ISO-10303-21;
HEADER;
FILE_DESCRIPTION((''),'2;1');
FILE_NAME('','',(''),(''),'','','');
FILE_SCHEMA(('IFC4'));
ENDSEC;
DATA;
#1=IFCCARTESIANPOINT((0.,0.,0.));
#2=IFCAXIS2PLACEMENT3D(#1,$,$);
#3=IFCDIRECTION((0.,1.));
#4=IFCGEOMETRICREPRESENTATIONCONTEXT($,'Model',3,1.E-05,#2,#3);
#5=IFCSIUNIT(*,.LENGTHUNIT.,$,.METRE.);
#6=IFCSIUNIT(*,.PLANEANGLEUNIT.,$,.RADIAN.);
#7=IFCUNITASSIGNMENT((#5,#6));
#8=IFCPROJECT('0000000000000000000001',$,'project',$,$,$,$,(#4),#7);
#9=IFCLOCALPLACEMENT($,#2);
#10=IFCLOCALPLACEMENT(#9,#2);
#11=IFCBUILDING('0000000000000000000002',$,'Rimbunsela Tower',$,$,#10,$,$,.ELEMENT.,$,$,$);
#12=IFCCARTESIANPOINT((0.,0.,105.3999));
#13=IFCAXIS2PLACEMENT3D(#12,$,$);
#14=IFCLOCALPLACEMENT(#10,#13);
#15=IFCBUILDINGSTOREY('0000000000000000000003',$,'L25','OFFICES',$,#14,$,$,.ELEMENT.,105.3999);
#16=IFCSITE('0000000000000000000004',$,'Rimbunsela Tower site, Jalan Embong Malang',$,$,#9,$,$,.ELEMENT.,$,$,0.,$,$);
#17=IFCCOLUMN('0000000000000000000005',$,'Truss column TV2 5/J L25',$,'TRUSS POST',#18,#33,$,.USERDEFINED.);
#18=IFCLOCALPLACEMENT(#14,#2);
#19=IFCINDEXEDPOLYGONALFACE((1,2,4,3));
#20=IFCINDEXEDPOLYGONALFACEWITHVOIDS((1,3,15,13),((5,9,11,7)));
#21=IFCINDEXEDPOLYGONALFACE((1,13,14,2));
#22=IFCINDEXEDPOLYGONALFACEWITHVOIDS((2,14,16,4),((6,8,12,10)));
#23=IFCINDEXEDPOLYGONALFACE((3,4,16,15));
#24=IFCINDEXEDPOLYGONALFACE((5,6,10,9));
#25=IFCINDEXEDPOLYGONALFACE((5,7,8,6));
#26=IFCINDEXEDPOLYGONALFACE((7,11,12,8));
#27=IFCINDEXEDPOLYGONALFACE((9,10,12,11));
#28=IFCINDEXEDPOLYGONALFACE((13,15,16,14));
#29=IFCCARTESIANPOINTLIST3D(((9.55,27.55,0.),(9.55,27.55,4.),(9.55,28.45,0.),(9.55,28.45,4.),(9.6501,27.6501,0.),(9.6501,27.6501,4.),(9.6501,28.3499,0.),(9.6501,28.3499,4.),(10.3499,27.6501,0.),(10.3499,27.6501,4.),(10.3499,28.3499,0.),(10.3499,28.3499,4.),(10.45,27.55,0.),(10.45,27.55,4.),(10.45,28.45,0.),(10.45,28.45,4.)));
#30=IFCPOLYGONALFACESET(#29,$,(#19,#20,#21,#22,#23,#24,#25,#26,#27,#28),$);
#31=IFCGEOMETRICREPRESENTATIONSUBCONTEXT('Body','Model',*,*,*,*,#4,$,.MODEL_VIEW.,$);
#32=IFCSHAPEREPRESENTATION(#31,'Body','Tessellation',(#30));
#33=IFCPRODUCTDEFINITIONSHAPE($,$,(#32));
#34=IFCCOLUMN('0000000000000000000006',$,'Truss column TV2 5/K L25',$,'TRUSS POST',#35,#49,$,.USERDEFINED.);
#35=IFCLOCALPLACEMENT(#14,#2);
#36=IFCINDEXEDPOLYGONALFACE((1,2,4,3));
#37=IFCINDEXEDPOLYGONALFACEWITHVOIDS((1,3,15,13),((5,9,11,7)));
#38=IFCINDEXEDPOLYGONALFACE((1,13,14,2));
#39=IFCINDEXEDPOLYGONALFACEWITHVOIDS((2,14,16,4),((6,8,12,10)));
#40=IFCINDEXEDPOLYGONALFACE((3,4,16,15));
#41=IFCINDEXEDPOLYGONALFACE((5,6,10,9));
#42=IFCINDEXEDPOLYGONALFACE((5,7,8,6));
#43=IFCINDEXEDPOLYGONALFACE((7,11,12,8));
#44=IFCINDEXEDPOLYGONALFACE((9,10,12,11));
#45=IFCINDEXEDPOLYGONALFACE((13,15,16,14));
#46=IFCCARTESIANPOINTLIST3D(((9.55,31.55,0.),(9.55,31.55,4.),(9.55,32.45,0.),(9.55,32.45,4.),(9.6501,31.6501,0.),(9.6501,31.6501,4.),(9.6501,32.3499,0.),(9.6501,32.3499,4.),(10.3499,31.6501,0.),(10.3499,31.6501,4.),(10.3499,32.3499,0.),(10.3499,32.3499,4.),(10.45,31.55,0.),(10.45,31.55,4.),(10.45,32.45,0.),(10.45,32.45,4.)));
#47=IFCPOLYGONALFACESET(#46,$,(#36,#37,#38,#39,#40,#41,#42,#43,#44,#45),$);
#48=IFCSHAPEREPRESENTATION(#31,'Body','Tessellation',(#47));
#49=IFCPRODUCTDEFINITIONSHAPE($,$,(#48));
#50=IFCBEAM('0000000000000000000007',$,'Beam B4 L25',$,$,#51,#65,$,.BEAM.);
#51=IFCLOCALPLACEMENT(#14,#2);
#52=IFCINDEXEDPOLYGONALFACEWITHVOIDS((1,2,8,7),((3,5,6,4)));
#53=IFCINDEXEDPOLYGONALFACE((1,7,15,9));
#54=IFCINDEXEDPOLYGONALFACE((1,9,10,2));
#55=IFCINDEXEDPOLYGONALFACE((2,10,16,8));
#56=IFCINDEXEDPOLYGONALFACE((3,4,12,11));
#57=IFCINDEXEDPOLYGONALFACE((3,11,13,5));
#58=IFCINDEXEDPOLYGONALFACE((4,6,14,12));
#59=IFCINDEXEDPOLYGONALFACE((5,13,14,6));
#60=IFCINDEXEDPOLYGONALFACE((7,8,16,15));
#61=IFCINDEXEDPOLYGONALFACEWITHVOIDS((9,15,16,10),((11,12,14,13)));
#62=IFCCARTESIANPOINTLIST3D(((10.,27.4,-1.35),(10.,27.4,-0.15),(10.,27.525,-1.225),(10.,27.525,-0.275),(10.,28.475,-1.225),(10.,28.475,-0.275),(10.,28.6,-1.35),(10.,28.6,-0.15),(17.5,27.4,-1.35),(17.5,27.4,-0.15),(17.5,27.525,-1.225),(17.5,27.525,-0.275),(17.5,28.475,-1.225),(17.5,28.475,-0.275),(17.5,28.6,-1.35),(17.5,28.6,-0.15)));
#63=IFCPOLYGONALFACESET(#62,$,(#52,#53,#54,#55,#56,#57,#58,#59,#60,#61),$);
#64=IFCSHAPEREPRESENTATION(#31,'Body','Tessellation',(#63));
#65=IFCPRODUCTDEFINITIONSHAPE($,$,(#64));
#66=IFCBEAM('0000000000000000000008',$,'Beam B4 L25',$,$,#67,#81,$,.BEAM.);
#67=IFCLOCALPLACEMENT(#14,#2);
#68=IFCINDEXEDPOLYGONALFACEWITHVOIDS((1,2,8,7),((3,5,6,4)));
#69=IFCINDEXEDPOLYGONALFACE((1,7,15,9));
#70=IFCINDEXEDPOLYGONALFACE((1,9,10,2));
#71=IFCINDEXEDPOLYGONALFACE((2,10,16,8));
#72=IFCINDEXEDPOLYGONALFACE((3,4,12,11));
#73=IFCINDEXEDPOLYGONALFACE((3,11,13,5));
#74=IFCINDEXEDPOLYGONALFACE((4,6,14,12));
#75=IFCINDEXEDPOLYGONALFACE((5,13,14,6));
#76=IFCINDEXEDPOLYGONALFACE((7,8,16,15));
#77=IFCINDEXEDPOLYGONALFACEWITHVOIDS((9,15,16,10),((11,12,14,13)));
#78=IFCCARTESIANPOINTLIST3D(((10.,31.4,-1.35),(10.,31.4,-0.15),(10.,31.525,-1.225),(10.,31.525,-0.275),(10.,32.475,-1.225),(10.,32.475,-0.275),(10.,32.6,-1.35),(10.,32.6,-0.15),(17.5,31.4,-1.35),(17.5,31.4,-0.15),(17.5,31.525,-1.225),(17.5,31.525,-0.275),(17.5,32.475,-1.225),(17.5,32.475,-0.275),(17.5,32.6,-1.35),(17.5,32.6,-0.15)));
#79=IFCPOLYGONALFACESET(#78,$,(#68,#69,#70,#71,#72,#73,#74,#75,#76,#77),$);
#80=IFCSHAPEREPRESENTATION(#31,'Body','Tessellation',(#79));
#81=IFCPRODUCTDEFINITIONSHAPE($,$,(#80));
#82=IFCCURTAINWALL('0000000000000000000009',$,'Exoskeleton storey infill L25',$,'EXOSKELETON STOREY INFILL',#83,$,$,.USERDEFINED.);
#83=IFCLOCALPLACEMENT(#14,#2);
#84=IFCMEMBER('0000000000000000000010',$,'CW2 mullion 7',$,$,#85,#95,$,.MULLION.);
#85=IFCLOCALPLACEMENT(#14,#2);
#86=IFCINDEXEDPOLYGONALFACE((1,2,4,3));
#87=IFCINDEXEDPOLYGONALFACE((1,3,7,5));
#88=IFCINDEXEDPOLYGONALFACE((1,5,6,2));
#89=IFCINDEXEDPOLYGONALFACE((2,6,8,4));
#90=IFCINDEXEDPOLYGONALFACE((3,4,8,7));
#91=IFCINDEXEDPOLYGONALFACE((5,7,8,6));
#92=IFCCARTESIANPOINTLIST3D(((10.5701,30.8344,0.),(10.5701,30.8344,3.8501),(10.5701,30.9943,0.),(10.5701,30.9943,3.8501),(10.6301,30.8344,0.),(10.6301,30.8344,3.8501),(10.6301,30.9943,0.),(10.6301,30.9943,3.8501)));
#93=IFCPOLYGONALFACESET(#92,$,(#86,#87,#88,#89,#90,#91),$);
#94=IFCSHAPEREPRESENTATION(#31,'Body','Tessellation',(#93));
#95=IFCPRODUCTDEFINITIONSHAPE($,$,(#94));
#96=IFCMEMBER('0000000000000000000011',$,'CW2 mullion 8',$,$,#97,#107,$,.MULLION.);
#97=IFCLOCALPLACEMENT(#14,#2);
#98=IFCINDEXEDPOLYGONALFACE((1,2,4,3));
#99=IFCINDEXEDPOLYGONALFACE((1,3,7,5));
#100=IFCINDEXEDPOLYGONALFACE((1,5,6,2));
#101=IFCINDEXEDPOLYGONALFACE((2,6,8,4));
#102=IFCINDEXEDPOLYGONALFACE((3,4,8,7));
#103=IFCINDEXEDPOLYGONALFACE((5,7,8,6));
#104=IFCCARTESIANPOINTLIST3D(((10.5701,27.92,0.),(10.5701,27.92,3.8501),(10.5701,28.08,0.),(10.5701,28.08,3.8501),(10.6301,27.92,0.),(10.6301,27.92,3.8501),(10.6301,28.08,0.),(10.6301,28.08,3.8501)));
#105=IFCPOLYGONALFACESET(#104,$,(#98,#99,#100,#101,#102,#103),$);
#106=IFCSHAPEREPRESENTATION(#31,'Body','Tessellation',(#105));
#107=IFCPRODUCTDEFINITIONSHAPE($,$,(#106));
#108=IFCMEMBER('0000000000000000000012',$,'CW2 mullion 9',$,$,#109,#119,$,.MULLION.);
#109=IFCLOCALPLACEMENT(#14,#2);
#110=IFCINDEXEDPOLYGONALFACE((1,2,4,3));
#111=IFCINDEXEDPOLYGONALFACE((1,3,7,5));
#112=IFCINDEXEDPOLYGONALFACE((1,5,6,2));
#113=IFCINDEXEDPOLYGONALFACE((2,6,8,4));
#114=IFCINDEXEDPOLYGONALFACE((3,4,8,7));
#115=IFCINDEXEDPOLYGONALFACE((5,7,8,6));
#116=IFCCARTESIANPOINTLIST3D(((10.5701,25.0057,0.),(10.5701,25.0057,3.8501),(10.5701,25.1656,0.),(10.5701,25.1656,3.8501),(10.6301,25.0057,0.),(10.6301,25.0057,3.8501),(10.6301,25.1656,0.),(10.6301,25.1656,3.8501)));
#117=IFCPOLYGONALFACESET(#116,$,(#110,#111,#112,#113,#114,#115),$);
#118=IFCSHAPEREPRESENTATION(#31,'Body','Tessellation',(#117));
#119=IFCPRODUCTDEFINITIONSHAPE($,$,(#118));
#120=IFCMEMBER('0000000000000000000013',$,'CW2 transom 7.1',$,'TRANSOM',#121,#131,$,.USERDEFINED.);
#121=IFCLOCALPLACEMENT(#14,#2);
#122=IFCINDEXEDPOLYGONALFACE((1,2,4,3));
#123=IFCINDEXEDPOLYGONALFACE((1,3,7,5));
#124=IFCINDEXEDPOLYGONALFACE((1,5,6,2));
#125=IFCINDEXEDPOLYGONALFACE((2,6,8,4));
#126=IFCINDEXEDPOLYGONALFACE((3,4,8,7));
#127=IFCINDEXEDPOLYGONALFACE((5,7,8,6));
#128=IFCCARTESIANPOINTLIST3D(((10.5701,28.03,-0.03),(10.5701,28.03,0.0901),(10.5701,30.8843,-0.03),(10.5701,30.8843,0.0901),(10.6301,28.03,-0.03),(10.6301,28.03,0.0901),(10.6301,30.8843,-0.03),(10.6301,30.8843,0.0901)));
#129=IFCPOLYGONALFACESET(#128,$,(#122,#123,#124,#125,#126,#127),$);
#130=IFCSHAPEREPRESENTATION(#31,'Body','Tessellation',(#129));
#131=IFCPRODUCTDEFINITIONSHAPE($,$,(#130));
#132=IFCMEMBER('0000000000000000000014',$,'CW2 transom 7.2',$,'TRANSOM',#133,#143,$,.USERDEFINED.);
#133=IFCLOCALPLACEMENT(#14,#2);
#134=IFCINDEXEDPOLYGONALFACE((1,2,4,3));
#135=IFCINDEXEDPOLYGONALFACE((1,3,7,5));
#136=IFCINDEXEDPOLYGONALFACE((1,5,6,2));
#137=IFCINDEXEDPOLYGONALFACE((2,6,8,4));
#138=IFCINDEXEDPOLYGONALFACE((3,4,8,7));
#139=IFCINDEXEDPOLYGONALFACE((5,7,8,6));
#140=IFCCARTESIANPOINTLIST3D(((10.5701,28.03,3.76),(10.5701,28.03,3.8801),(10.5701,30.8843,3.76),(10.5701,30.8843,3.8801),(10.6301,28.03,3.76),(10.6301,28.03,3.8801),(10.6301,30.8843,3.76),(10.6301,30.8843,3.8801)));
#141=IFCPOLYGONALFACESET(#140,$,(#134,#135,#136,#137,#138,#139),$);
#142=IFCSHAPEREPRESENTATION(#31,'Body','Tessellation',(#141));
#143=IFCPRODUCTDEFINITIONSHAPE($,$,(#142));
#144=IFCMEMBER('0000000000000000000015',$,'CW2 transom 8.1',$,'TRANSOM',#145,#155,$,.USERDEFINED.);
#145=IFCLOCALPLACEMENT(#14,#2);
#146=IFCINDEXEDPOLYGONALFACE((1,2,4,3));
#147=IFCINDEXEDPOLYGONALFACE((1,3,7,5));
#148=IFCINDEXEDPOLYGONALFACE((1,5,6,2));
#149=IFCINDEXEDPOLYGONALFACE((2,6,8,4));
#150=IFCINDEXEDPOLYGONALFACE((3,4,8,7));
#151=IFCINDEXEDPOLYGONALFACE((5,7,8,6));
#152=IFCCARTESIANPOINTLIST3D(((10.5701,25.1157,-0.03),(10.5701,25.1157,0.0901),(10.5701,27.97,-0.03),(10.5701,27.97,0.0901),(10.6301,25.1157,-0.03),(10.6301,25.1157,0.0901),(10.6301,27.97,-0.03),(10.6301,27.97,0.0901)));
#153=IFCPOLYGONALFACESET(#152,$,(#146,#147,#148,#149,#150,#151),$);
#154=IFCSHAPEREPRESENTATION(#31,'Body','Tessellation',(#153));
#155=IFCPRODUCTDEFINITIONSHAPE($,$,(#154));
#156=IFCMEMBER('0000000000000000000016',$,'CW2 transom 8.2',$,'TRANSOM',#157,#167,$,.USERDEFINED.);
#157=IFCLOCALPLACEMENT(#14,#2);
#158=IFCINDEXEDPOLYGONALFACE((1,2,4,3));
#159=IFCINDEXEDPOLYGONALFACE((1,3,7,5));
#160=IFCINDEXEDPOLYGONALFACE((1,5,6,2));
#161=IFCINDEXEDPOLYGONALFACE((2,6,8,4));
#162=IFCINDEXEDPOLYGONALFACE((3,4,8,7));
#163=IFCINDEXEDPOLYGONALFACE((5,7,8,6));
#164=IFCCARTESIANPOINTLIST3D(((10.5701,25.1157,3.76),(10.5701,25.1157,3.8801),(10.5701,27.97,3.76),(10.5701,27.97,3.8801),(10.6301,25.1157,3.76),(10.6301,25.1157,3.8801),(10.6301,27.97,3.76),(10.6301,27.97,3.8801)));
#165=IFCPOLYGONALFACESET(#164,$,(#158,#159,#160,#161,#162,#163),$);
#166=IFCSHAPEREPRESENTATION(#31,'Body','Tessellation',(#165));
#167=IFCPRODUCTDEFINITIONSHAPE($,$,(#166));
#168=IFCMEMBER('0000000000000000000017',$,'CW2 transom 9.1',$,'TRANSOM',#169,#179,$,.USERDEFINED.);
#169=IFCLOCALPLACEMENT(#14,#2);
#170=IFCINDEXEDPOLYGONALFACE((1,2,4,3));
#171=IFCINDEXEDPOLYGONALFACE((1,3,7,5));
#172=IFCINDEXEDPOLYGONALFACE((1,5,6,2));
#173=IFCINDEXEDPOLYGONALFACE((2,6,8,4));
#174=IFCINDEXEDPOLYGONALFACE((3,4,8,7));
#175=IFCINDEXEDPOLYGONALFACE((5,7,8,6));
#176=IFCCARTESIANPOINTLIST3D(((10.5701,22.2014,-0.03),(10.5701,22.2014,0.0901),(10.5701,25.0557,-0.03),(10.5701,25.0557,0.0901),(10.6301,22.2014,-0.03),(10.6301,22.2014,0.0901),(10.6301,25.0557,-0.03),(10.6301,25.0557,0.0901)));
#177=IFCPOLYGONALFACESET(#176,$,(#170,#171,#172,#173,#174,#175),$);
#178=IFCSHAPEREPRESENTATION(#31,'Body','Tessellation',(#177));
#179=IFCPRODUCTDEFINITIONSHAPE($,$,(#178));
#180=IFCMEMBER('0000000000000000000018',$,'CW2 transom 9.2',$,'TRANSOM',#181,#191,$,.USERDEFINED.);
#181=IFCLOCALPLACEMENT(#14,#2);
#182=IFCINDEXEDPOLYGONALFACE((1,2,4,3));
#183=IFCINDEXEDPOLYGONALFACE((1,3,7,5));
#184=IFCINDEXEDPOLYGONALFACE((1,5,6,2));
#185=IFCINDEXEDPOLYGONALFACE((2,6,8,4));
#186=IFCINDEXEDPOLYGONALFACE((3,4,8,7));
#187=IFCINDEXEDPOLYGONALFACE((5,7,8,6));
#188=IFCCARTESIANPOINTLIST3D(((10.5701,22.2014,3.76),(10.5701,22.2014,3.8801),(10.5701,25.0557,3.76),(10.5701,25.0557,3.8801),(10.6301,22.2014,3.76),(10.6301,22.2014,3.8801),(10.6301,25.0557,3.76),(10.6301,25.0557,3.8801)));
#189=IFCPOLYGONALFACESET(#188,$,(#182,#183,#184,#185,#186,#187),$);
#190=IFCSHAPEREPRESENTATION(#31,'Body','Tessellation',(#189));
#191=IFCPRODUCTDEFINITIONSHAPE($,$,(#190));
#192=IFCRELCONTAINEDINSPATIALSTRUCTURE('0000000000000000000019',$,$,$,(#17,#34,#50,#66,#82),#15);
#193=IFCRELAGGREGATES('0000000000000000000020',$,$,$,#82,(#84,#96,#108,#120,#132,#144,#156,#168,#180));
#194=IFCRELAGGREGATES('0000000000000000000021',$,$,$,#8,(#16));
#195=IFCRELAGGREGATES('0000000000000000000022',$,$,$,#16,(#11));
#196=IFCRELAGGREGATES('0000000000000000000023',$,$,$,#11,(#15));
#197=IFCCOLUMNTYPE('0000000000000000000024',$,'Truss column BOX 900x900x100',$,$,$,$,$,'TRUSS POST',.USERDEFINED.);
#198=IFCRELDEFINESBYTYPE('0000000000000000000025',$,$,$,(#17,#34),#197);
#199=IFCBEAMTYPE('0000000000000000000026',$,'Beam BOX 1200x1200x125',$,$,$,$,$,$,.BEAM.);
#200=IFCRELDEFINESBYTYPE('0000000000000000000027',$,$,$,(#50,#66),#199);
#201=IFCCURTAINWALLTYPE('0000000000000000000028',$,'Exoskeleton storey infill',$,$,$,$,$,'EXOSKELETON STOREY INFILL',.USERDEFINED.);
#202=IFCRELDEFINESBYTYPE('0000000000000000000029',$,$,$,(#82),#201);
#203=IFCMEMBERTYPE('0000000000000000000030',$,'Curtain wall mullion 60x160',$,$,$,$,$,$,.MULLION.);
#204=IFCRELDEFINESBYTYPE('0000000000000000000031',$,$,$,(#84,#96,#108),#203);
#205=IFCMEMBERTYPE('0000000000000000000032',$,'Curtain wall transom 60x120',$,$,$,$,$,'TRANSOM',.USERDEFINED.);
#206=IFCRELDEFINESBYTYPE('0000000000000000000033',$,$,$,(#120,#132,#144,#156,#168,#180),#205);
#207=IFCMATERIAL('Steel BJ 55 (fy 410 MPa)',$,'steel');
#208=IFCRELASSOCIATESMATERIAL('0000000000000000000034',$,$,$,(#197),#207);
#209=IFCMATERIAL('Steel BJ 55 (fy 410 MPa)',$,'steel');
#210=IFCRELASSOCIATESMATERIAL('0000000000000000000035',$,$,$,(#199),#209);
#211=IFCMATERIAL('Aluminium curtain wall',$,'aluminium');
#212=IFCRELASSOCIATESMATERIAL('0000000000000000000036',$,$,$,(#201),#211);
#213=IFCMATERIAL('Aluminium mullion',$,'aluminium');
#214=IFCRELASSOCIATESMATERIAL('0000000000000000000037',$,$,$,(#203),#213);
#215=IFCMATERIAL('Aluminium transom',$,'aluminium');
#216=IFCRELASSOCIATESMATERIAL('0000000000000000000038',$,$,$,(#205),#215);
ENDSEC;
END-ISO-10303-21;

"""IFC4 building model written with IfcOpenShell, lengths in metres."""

from ifc_helpers import new_model, si_unit, direction, frame, origin, origin_2d, place, context, subcontext, project, spatial, rectangle, hollow_rectangle, extrude, material, material_profile, profile_set, type_object, element, aggregate, save


model = new_model("IFC4")

# Units and contexts
model_context = context("Model", 3, precision=1e-05, world=origin(), true_north=direction((0.0, 1.0)))
body_context = subcontext(model_context, "Body", "Model", "MODEL_VIEW")
ifc_project = project(units=[si_unit("LENGTHUNIT", "METRE"), si_unit("PLANEANGLEUNIT", "RADIAN")], contexts=[model_context])

# Site, building, storey
site_placement = place(None, origin())
site = spatial("IfcSite", under=ifc_project, at=site_placement, Name="Rimbunsela Tower site, Jalan Embong Malang", CompositionType="ELEMENT", RefElevation=0.0)
building_placement = place(site_placement, origin())
building = spatial("IfcBuilding", under=site, at=building_placement, Name="Rimbunsela Tower", CompositionType="ELEMENT")
storey_placement = place(building_placement, frame((0.0, 0.0, 105.3999)))
storey = spatial("IfcBuildingStorey", under=building, at=storey_placement, Name="L25", Description="OFFICES", CompositionType="ELEMENT", Elevation=105.3999)

# Columns
ifc_material_1 = material(Name="Steel BJ 55 (fy 410 MPa)", Category="steel")
ifc_material_profile_1 = material_profile(ifc_material_1, hollow_rectangle(XDim=0.8999, YDim=0.8999, WallThickness=0.1001, at=origin_2d()), Name="BOX 900x900x100")
ifc_profile_set_1 = profile_set([ifc_material_profile_1], Name="Steel BJ 55 (fy 410 MPa)")
column_type = type_object("IfcColumnType", Name="Truss column BOX 900x900x100", ElementType="TRUSS POST", PredefinedType="USERDEFINED", material=ifc_profile_set_1)
for number, where, z_axis, x_axis, name in (
    (1, (10.0, 28.0, 0.0), (0.0, 0.0, 1.0), (1.0, 0.0, 0.0), "Truss column TV2 5/J L25"),
    (2, (10.0, 32.0, 0.0), (0.0, 0.0, 1.0), (1.0, 0.0, 0.0), "Truss column TV2 5/K L25"),
):
    element("IfcColumn", number, at=place(storey_placement, frame(where, z_axis=z_axis, x_axis=x_axis)), inside=storey, type_object=column_type, Name=name, ObjectType="TRUSS POST", PredefinedType="USERDEFINED", context=body_context, shape_type="SweptSolid", body=[
        extrude(hollow_rectangle(XDim=0.8999, YDim=0.8999, WallThickness=0.1001, at=origin_2d()), origin(), (0.0, 0.0, 1.0), 4.0),
    ])

# Beams
ifc_material_2 = material(Name="Steel BJ 55 (fy 410 MPa)", Category="steel")
ifc_material_profile_2 = material_profile(ifc_material_2, hollow_rectangle(XDim=1.2, YDim=1.2, WallThickness=0.125, at=origin_2d()), Name="BOX 1200x1200x125")
ifc_profile_set_2 = profile_set([ifc_material_profile_2], Name="Steel BJ 55 (fy 410 MPa)")
beam_type_1 = type_object("IfcBeamType", Name="Beam BOX 1200x1200x125", PredefinedType="BEAM", material=ifc_profile_set_2)
for number, where, z_axis, x_axis, name in (
    (3, (10.0, 28.0, -0.75), (1.0, 0.0, 0.0), (0.0, 1.0, 0.0), "Beam B4 L25"),
    (4, (10.0, 32.0, -0.75), (1.0, 0.0, 0.0), (0.0, 1.0, 0.0), "Beam B4 L25"),
):
    element("IfcBeam", number, at=place(storey_placement, frame(where, z_axis=z_axis, x_axis=x_axis)), inside=storey, type_object=beam_type_1, Name=name, PredefinedType="BEAM", context=body_context, shape_type="SweptSolid", body=[
        extrude(hollow_rectangle(XDim=1.2, YDim=1.2, WallThickness=0.125, at=origin_2d()), origin(), (0.0, 0.0, 1.0), 7.5),
    ])

# Curtain wall, members
ifc_material_3 = material(Name="Aluminium curtain wall", Category="aluminium")
curtain_wall_type = type_object("IfcCurtainWallType", Name="Exoskeleton storey infill", ElementType="EXOSKELETON STOREY INFILL", PredefinedType="USERDEFINED", material=ifc_material_3)
curtain_wall_placement = place(storey_placement, origin())
curtain_wall = element("IfcCurtainWall", 5, at=curtain_wall_placement, inside=storey, type_object=curtain_wall_type, Name="Exoskeleton storey infill L25", ObjectType="EXOSKELETON STOREY INFILL", PredefinedType="USERDEFINED")
ifc_material_4 = material(Name="Aluminium mullion", Category="aluminium")
ifc_material_profile_3 = material_profile(ifc_material_4, rectangle(XDim=0.0601, YDim=0.1599, at=origin_2d()), Name="Mullion 60x160")
ifc_profile_set_3 = profile_set([ifc_material_profile_3], Name="Aluminium mullion")
member_type_1 = type_object("IfcMemberType", Name="Curtain wall mullion 60x160", PredefinedType="MULLION", material=ifc_profile_set_3)
member_1_placement = place(storey_placement, frame((10.6001, 30.9143, 0.0), z_axis=(0.0, 0.0, 1.0), x_axis=(1.0, 0.0, 0.0)))
member_1 = element("IfcMember", 6, at=member_1_placement, type_object=member_type_1, Name="CW2 mullion 7", PredefinedType="MULLION", context=body_context, shape_type="SweptSolid", body=[
    extrude(rectangle(XDim=0.0601, YDim=0.1599, at=origin_2d()), origin(), (0.0, 0.0, 1.0), 3.8501),
])
member_2_placement = place(storey_placement, frame((10.6001, 28.0, 0.0), z_axis=(0.0, 0.0, 1.0), x_axis=(1.0, 0.0, 0.0)))
member_2 = element("IfcMember", 7, at=member_2_placement, type_object=member_type_1, Name="CW2 mullion 8", PredefinedType="MULLION", context=body_context, shape_type="SweptSolid", body=[
    extrude(rectangle(XDim=0.0601, YDim=0.1599, at=origin_2d()), origin(), (0.0, 0.0, 1.0), 3.8501),
])
member_3_placement = place(storey_placement, frame((10.6001, 25.0857, 0.0), z_axis=(0.0, 0.0, 1.0), x_axis=(1.0, 0.0, 0.0)))
member_3 = element("IfcMember", 8, at=member_3_placement, type_object=member_type_1, Name="CW2 mullion 9", PredefinedType="MULLION", context=body_context, shape_type="SweptSolid", body=[
    extrude(rectangle(XDim=0.0601, YDim=0.1599, at=origin_2d()), origin(), (0.0, 0.0, 1.0), 3.8501),
])
ifc_material_5 = material(Name="Aluminium transom", Category="aluminium")
ifc_material_profile_4 = material_profile(ifc_material_5, rectangle(XDim=0.0601, YDim=0.1201, at=origin_2d()), Name="Transom 60x120")
ifc_profile_set_4 = profile_set([ifc_material_profile_4], Name="Aluminium transom")
member_type_2 = type_object("IfcMemberType", Name="Curtain wall transom 60x120", ElementType="TRANSOM", PredefinedType="USERDEFINED", material=ifc_profile_set_4)
member_4_placement = place(storey_placement, frame((10.6001, 30.8843, 0.03), z_axis=(0.0, -1.0, 0.0), x_axis=(1.0, 0.0, 0.0)))
member_4 = element("IfcMember", 9, at=member_4_placement, type_object=member_type_2, Name="CW2 transom 7.1", ObjectType="TRANSOM", PredefinedType="USERDEFINED", context=body_context, shape_type="SweptSolid", body=[
    extrude(rectangle(XDim=0.0601, YDim=0.1201, at=origin_2d()), origin(), (0.0, 0.0, 1.0), 2.8542),
])
member_5_placement = place(storey_placement, frame((10.6001, 30.8843, 3.8201), z_axis=(0.0, -1.0, 0.0), x_axis=(1.0, 0.0, 0.0)))
member_5 = element("IfcMember", 10, at=member_5_placement, type_object=member_type_2, Name="CW2 transom 7.2", ObjectType="TRANSOM", PredefinedType="USERDEFINED", context=body_context, shape_type="SweptSolid", body=[
    extrude(rectangle(XDim=0.0601, YDim=0.1201, at=origin_2d()), origin(), (0.0, 0.0, 1.0), 2.8542),
])
member_6_placement = place(storey_placement, frame((10.6001, 27.97, 0.03), z_axis=(0.0, -1.0, 0.0), x_axis=(1.0, 0.0, 0.0)))
member_6 = element("IfcMember", 11, at=member_6_placement, type_object=member_type_2, Name="CW2 transom 8.1", ObjectType="TRANSOM", PredefinedType="USERDEFINED", context=body_context, shape_type="SweptSolid", body=[
    extrude(rectangle(XDim=0.0601, YDim=0.1201, at=origin_2d()), origin(), (0.0, 0.0, 1.0), 2.8542),
])
member_7_placement = place(storey_placement, frame((10.6001, 27.97, 3.8201), z_axis=(0.0, -1.0, 0.0), x_axis=(1.0, 0.0, 0.0)))
member_7 = element("IfcMember", 12, at=member_7_placement, type_object=member_type_2, Name="CW2 transom 8.2", ObjectType="TRANSOM", PredefinedType="USERDEFINED", context=body_context, shape_type="SweptSolid", body=[
    extrude(rectangle(XDim=0.0601, YDim=0.1201, at=origin_2d()), origin(), (0.0, 0.0, 1.0), 2.8542),
])
member_8_placement = place(storey_placement, frame((10.6001, 25.0557, 0.03), z_axis=(0.0, -1.0, 0.0), x_axis=(1.0, 0.0, 0.0)))
member_8 = element("IfcMember", 13, at=member_8_placement, type_object=member_type_2, Name="CW2 transom 9.1", ObjectType="TRANSOM", PredefinedType="USERDEFINED", context=body_context, shape_type="SweptSolid", body=[
    extrude(rectangle(XDim=0.0601, YDim=0.1201, at=origin_2d()), origin(), (0.0, 0.0, 1.0), 2.8542),
])
member_9_placement = place(storey_placement, frame((10.6001, 25.0557, 3.8201), z_axis=(0.0, -1.0, 0.0), x_axis=(1.0, 0.0, 0.0)))
member_9 = element("IfcMember", 14, at=member_9_placement, type_object=member_type_2, Name="CW2 transom 9.2", ObjectType="TRANSOM", PredefinedType="USERDEFINED", context=body_context, shape_type="SweptSolid", body=[
    extrude(rectangle(XDim=0.0601, YDim=0.1201, at=origin_2d()), origin(), (0.0, 0.0, 1.0), 2.8542),
])

aggregate(curtain_wall, [member_1, member_2, member_3, member_4, member_5, member_6, member_7, member_8, member_9])

save(model, "model.ifc")
